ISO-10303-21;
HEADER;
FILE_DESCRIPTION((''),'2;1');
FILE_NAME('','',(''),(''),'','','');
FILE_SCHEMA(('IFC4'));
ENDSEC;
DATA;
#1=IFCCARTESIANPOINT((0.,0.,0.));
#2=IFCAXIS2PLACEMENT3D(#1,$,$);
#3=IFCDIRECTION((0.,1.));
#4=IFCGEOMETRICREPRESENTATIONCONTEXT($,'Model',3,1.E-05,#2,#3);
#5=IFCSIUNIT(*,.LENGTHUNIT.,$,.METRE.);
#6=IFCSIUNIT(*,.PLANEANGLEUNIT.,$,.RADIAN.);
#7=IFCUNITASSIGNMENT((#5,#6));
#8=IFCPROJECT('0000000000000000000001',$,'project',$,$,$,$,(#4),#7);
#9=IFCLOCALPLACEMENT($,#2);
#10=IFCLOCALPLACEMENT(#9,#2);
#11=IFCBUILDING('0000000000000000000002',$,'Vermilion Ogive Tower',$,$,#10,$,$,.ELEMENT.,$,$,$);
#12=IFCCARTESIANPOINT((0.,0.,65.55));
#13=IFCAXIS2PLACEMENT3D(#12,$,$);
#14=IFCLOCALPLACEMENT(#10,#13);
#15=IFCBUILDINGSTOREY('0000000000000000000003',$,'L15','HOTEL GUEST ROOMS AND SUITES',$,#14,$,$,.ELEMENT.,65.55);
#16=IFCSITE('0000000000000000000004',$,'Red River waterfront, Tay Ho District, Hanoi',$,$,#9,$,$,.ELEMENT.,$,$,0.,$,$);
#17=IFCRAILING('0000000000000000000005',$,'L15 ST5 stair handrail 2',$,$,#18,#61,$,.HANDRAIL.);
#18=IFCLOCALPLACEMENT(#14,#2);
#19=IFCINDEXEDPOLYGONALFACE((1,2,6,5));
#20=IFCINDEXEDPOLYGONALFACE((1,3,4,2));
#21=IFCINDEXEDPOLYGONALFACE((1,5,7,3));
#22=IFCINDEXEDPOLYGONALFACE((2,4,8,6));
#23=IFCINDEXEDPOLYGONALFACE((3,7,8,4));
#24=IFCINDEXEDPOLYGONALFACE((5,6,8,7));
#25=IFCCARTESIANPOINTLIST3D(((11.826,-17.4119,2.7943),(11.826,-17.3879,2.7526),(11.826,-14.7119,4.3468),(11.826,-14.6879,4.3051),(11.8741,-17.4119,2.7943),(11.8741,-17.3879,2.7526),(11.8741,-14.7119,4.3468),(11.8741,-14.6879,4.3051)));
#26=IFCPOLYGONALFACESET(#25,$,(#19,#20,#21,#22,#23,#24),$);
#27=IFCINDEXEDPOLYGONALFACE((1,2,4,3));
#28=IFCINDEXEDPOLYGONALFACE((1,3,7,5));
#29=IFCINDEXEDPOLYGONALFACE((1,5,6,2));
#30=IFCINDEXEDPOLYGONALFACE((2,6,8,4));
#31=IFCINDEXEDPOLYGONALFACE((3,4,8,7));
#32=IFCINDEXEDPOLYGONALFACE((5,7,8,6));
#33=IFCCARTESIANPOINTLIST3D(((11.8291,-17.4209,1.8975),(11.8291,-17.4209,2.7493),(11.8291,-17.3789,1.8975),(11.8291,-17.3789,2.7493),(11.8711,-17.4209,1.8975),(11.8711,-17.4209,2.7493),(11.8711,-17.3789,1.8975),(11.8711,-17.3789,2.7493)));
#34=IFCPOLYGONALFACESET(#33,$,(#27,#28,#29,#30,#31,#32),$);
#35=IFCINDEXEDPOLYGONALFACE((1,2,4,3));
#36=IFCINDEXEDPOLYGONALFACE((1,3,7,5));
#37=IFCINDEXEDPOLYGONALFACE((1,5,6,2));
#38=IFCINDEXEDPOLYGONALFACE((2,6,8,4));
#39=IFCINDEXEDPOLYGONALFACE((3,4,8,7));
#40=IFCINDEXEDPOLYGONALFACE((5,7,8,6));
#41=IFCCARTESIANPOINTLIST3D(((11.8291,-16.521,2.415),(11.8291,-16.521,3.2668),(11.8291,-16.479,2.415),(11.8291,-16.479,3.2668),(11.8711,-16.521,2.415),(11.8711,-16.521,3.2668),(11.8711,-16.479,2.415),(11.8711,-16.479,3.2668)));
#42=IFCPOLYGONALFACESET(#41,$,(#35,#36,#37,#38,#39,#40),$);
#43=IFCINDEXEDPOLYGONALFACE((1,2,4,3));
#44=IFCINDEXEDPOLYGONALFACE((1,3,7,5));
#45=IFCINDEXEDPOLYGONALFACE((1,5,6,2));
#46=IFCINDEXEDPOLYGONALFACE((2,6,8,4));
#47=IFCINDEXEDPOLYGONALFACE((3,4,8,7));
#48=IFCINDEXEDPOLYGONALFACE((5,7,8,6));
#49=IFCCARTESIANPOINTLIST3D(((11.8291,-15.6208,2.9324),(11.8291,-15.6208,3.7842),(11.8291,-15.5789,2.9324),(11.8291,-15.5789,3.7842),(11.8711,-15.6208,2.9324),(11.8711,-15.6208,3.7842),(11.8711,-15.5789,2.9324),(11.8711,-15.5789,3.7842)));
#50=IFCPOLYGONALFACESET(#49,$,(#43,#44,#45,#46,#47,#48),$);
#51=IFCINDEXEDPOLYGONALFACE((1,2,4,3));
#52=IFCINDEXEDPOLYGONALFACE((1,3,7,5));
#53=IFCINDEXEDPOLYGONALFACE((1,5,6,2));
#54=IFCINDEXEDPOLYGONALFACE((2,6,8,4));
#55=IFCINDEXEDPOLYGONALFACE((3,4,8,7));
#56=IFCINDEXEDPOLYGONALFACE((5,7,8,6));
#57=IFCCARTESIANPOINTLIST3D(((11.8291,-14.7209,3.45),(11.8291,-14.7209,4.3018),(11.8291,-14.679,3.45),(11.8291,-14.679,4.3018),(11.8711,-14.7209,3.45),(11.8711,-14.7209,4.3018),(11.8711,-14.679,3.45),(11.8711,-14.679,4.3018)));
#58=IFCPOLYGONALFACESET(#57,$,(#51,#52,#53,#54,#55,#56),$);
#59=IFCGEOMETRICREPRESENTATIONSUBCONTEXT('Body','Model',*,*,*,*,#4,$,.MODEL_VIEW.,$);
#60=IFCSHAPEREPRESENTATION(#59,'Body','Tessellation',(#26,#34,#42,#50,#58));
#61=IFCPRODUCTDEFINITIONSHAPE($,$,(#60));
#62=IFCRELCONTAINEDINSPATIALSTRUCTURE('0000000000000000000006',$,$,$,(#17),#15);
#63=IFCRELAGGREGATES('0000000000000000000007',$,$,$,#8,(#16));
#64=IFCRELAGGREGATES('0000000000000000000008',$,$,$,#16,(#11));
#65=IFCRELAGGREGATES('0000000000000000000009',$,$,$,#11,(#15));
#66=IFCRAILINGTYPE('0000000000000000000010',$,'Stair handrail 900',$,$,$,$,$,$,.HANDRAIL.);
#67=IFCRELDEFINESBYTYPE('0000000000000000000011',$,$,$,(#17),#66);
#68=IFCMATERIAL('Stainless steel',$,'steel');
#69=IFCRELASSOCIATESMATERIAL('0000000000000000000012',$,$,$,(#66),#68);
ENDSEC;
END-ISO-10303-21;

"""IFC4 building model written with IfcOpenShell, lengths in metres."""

from ifc_helpers import new_model, si_unit, direction, frame, origin, origin_2d, place, context, subcontext, project, spatial, rectangle, extrude, material, type_object, element, save


model = new_model("IFC4")

# Units and contexts
model_context = context("Model", 3, precision=1e-05, world=origin(), true_north=direction((0.0, 1.0)))
body_context = subcontext(model_context, "Body", "Model", "MODEL_VIEW")
ifc_project = project(units=[si_unit("LENGTHUNIT", "METRE"), si_unit("PLANEANGLEUNIT", "RADIAN")], contexts=[model_context])

# Site, building, storey
site_placement = place(None, origin())
site = spatial("IfcSite", under=ifc_project, at=site_placement, Name="Red River waterfront, Tay Ho District, Hanoi", CompositionType="ELEMENT", RefElevation=0.0)
building_placement = place(site_placement, origin())
building = spatial("IfcBuilding", under=site, at=building_placement, Name="Vermilion Ogive Tower", CompositionType="ELEMENT")
storey_placement = place(building_placement, frame((0.0, 0.0, 65.55)))
storey = spatial("IfcBuildingStorey", under=building, at=storey_placement, Name="L15", Description="HOTEL GUEST ROOMS AND SUITES", CompositionType="ELEMENT", Elevation=65.55)

# Railing
ifc_material_1 = material(Name="Stainless steel", Category="steel")
railing_type_1 = type_object("IfcRailingType", Name="Stair handrail 900", PredefinedType="HANDRAIL", material=ifc_material_1)
railing_1_placement = place(storey_placement, frame((11.8501, -17.3999, 1.8975)))
element("IfcRailing", 1, at=railing_1_placement, inside=storey, type_object=railing_type_1, Name="L15 ST5 stair handrail 2", PredefinedType="HANDRAIL", context=body_context, shape_type="SweptSolid", body=[
    extrude(rectangle(XDim=0.0481, YDim=0.0481, at=origin_2d()), frame((0.0, 0.0, 0.876), z_axis=(0.0, 0.866904, 0.498476), x_axis=(-1.0, 0.0, 0.0)), (0.0, 0.0, 1.0), 3.1145),
    extrude(rectangle(XDim=0.042, YDim=0.042, at=origin_2d()), origin(), (0.0, 0.0, 1.0), 0.8518),
    extrude(rectangle(XDim=0.042, YDim=0.042, at=origin_2d()), frame((0.0, 0.8999, 0.5176)), (0.0, 0.0, 1.0), 0.8518),
    extrude(rectangle(XDim=0.042, YDim=0.042, at=origin_2d()), frame((0.0, 1.8, 1.0349)), (0.0, 0.0, 1.0), 0.8518),
    extrude(rectangle(XDim=0.042, YDim=0.042, at=origin_2d()), frame((0.0, 2.7, 1.5525)), (0.0, 0.0, 1.0), 0.8518),
])

save(model, "model.ifc")
